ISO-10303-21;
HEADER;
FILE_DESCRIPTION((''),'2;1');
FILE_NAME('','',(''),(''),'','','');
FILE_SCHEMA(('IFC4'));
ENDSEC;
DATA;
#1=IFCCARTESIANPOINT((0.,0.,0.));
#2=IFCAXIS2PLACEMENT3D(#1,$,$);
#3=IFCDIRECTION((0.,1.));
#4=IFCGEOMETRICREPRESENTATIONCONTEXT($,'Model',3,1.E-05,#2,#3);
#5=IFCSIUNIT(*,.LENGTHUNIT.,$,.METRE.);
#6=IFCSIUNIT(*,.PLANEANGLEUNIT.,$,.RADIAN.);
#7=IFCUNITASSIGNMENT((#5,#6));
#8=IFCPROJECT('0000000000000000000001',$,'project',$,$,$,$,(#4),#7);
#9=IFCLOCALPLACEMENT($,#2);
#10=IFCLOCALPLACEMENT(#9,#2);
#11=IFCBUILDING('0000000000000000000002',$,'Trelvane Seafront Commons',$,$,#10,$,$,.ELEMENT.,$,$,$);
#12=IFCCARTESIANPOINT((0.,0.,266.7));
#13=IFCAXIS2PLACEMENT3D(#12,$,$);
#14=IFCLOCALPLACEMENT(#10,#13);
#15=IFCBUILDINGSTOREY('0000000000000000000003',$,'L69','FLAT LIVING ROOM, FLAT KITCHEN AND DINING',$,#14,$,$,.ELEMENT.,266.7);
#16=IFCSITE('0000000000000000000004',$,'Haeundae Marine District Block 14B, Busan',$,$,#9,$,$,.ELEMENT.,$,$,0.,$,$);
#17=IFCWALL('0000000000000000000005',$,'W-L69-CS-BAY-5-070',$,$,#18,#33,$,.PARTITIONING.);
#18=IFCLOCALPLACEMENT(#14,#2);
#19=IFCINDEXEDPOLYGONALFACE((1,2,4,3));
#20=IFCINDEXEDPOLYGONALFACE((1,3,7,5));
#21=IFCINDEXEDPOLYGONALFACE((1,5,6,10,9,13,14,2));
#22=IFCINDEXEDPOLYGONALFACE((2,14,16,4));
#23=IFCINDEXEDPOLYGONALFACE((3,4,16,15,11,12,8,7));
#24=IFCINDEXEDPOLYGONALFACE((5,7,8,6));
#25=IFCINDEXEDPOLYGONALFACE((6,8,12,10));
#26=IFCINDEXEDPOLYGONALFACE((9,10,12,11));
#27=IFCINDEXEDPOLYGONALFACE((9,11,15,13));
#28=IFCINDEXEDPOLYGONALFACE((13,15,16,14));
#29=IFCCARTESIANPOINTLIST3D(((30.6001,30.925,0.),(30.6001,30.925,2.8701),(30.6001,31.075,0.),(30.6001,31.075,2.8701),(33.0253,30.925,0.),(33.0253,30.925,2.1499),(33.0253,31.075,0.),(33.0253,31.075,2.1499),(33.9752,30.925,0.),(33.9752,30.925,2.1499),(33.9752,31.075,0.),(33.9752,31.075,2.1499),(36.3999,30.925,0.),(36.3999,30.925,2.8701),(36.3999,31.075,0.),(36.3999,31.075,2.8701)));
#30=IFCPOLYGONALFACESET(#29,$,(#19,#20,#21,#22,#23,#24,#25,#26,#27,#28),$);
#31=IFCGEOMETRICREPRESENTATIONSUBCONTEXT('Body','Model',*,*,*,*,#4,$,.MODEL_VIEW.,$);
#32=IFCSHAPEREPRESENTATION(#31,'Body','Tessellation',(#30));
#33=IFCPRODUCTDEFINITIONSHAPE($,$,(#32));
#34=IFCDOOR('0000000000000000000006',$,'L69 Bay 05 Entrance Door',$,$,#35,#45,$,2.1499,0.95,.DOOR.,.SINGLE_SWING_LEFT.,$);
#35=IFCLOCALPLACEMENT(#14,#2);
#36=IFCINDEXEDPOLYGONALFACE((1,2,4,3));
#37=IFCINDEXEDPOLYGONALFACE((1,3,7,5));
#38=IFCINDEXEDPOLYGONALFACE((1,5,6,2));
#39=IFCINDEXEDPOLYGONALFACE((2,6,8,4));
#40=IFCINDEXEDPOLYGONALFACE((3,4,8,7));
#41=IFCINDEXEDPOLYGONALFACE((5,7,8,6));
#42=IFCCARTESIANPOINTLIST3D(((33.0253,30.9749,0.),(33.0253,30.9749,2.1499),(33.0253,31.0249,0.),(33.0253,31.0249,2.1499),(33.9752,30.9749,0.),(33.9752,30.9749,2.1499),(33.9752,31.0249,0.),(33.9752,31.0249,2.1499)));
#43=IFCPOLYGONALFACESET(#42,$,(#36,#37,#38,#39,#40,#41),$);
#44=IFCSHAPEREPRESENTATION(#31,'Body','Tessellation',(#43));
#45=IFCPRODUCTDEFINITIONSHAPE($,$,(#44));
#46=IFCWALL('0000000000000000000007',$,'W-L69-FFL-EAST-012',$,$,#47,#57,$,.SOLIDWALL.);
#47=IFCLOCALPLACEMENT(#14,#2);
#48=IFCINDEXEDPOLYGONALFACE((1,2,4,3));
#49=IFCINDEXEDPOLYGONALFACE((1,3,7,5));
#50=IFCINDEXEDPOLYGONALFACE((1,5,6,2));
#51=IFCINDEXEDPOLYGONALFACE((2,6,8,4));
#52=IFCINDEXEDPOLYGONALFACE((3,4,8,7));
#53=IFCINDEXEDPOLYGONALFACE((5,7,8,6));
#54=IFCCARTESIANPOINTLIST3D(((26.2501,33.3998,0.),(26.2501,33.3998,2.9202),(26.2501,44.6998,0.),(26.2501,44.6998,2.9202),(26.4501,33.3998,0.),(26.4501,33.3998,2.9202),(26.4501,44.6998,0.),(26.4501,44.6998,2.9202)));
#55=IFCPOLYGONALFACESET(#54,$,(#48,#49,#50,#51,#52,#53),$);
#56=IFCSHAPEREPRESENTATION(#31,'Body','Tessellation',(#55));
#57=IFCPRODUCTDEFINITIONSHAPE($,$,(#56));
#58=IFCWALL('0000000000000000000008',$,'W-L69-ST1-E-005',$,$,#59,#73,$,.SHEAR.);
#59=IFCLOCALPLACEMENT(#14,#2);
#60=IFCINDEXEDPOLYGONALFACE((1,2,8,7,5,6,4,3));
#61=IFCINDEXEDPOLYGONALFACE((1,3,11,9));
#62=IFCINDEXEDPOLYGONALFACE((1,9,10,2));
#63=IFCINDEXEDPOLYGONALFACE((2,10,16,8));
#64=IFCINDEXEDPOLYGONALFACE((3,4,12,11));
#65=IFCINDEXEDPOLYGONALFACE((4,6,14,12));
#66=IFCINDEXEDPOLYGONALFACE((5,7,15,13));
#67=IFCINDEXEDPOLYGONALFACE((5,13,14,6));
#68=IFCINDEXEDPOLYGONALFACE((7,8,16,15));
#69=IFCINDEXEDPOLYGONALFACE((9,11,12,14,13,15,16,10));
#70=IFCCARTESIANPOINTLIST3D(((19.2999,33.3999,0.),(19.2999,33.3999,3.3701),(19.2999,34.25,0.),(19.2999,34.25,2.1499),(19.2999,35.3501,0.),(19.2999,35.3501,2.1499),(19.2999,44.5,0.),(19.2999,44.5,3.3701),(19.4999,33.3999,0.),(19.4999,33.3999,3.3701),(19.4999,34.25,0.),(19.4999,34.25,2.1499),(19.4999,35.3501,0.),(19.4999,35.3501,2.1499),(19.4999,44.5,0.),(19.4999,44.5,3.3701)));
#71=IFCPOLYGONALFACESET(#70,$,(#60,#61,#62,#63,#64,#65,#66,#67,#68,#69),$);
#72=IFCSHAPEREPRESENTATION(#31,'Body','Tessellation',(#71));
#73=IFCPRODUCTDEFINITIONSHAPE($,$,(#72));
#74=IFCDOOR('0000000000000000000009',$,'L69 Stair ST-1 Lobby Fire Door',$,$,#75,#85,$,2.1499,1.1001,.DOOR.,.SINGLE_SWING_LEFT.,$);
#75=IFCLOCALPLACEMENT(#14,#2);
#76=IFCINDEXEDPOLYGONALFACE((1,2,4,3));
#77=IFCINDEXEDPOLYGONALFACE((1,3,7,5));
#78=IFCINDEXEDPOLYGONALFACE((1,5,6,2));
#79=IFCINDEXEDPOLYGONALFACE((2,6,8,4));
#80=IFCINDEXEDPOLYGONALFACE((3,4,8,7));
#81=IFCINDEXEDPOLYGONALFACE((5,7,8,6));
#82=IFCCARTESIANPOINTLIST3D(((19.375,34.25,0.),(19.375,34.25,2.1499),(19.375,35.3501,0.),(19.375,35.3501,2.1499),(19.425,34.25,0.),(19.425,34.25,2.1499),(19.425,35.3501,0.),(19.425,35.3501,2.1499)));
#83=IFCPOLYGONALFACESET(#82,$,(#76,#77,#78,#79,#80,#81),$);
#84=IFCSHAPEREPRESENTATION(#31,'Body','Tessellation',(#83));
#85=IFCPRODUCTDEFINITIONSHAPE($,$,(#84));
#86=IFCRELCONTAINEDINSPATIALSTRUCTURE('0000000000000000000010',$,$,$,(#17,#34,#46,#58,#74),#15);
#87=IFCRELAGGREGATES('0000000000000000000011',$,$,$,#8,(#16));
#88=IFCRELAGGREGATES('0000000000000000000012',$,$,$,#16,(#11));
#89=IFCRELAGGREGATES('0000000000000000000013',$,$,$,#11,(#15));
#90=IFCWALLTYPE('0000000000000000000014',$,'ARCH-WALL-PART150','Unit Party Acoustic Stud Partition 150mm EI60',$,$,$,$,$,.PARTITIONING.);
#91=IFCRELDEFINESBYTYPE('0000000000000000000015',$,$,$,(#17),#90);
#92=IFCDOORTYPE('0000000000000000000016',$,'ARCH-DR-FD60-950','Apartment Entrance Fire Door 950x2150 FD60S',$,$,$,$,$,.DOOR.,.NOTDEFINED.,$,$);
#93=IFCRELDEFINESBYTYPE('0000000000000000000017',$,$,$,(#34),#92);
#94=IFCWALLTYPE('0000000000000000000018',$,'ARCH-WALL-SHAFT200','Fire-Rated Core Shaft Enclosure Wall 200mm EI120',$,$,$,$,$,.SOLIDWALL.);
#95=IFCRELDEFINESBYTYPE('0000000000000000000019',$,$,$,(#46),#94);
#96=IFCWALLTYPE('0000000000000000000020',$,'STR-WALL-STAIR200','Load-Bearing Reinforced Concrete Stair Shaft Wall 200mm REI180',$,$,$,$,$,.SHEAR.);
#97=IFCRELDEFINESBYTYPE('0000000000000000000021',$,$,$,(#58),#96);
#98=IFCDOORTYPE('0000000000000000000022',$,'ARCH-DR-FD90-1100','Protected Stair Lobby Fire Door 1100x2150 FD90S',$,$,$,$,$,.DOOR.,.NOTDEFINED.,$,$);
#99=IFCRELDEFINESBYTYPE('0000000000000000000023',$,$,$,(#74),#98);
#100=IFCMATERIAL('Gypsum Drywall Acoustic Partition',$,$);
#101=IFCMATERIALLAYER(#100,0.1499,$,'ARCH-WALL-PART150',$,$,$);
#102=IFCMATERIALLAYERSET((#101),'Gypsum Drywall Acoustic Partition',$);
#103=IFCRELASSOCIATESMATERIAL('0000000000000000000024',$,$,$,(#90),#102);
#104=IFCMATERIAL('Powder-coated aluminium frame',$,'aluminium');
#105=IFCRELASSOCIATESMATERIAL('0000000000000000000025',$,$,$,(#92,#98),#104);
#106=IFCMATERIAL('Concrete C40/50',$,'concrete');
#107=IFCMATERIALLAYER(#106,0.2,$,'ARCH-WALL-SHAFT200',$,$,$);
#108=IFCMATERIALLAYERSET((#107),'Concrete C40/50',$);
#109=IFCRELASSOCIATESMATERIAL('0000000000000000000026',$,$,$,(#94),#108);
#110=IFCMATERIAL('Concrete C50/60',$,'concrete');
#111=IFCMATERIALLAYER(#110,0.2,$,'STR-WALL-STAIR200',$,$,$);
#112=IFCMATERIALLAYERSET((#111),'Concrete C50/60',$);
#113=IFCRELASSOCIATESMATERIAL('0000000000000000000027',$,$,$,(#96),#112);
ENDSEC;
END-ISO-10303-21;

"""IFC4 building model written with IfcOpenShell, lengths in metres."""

from ifc_helpers import new_model, si_unit, direction, frame, frame_2d, origin, place, context, subcontext, project, spatial, rectangle, extrude, source, transform, mapped, material, layer, layer_set, type_object, element, fill, save


model = new_model("IFC4")

# Units and contexts
model_context = context("Model", 3, precision=1e-05, world=origin(), true_north=direction((0.0, 1.0)))
body_context = subcontext(model_context, "Body", "Model", "MODEL_VIEW")
ifc_project = project(units=[si_unit("LENGTHUNIT", "METRE"), si_unit("PLANEANGLEUNIT", "RADIAN")], contexts=[model_context])

# Site, building, storey
site_placement = place(None, origin())
site = spatial("IfcSite", under=ifc_project, at=site_placement, Name="Haeundae Marine District Block 14B, Busan", CompositionType="ELEMENT", RefElevation=0.0)
building_placement = place(site_placement, origin())
building = spatial("IfcBuilding", under=site, at=building_placement, Name="Trelvane Seafront Commons", CompositionType="ELEMENT")
storey_placement = place(building_placement, frame((0.0, 0.0, 266.7)))
storey = spatial("IfcBuildingStorey", under=building, at=storey_placement, Name="L69", Description="FLAT LIVING ROOM, FLAT KITCHEN AND DINING", CompositionType="ELEMENT", Elevation=266.7)

# Shared definitions
ifc_material_1 = material(Name="Concrete C50/60", Category="concrete")

# Shared definitions
ifc_material_2 = material(Name="Concrete C40/50", Category="concrete")
ifc_material_3 = material(Name="Powder-coated aluminium frame", Category="aluminium")
shared_shape_1 = source(origin(), body_context, "Body", "SweptSolid", [
    extrude(rectangle(XDim=0.95, YDim=2.1499, at=frame_2d((0.4751, 1.075))), frame((0.0, 0.0249, 0.0), z_axis=(0.0, -1.0, 0.0), x_axis=(1.0, 0.0, 0.0)), (0.0, 0.0, 1.0), 0.05),
])
ifc_material_4 = material(Name="Gypsum Drywall Acoustic Partition")

# Wall, opening, door
ifc_layer_1 = layer(ifc_material_4, 0.1499, Name="ARCH-WALL-PART150")
ifc_layer_set_1 = layer_set([ifc_layer_1], Name="Gypsum Drywall Acoustic Partition")
wall_type_1 = type_object("IfcWallType", Name="ARCH-WALL-PART150", Description="Unit Party Acoustic Stud Partition 150mm EI60", PredefinedType="PARTITIONING", material=ifc_layer_set_1)
door_type_1 = type_object("IfcDoorType", Name="ARCH-DR-FD60-950", Description="Apartment Entrance Fire Door 950x2150 FD60S", OperationType="NOTDEFINED", PredefinedType="DOOR", material=ifc_material_3)
wall_1_placement = place(storey_placement, frame((30.6001, 31.0, 0.0), z_axis=(0.0, 0.0, 1.0), x_axis=(1.0, 0.0, 0.0)))
wall_1 = element("IfcWall", 1, at=wall_1_placement, inside=storey, type_object=wall_type_1, Name="W-L69-CS-BAY-5-070", PredefinedType="PARTITIONING", context=body_context, shape_type="SweptSolid", body=[
    extrude(rectangle(XDim=5.7998, YDim=0.1499, at=frame_2d((2.8999, 0.0))), origin(), (0.0, 0.0, 1.0), 2.8701),
])
opening_1_placement = place(wall_1_placement, frame((2.425, 0.0, 0.0)))
opening_1 = element("IfcOpeningElement", 2, at=opening_1_placement, cuts=wall_1, PredefinedType="OPENING", context=body_context, shape_type="SweptSolid", body=[
    extrude(rectangle(XDim=0.95, YDim=2.1499, at=frame_2d((0.4751, 1.075))), frame((0.0, 0.085, 0.0), z_axis=(0.0, -1.0, 0.0), x_axis=(1.0, 0.0, 0.0)), (0.0, 0.0, 1.0), 0.1699),
])
door_1_placement = place(opening_1_placement, origin())
door_1 = element("IfcDoor", 3, at=door_1_placement, inside=storey, type_object=door_type_1, Name="L69 Bay 05 Entrance Door", OperationType="SINGLE_SWING_LEFT", OverallHeight=2.1499, OverallWidth=0.95, PredefinedType="DOOR", context=body_context, shape_type="MappedRepresentation", body=[
    mapped(shared_shape_1, transform((0.0, 0.0, 0.0), x_axis=(1.0, 0.0, 0.0), y_axis=(0.0, 1.0, 0.0), z_axis=(0.0, 0.0, 1.0), scale=1.0)),
])
fill(opening_1, door_1)

# Wall
ifc_layer_2 = layer(ifc_material_2, 0.2, Name="ARCH-WALL-SHAFT200")
ifc_layer_set_2 = layer_set([ifc_layer_2], Name="Concrete C40/50")
wall_type_2 = type_object("IfcWallType", Name="ARCH-WALL-SHAFT200", Description="Fire-Rated Core Shaft Enclosure Wall 200mm EI120", PredefinedType="SOLIDWALL", material=ifc_layer_set_2)
wall_2_placement = place(storey_placement, frame((26.3501, 33.3999, 0.0), z_axis=(0.0, 0.0, 1.0), x_axis=(0.0, 1.0, 0.0)))
element("IfcWall", 4, at=wall_2_placement, inside=storey, type_object=wall_type_2, Name="W-L69-FFL-EAST-012", PredefinedType="SOLIDWALL", context=body_context, shape_type="SweptSolid", body=[
    extrude(rectangle(XDim=11.3, YDim=0.2, at=frame_2d((5.6499, 0.0))), origin(), (0.0, 0.0, 1.0), 2.9202),
])

# Wall, opening, door
ifc_layer_3 = layer(ifc_material_1, 0.2, Name="STR-WALL-STAIR200")
ifc_layer_set_3 = layer_set([ifc_layer_3], Name="Concrete C50/60")
wall_type_3 = type_object("IfcWallType", Name="STR-WALL-STAIR200", Description="Load-Bearing Reinforced Concrete Stair Shaft Wall 200mm REI180", PredefinedType="SHEAR", material=ifc_layer_set_3)
wall_3_placement = place(storey_placement, frame((19.3999, 33.3999, 0.0), z_axis=(0.0, 0.0, 1.0), x_axis=(0.0, 1.0, 0.0)))
wall_3 = element("IfcWall", 5, at=wall_3_placement, inside=storey, type_object=wall_type_3, Name="W-L69-ST1-E-005", PredefinedType="SHEAR", context=body_context, shape_type="SweptSolid", body=[
    extrude(rectangle(XDim=11.1001, YDim=0.2, at=frame_2d((5.55, 0.0))), origin(), (0.0, 0.0, 1.0), 3.3701),
])
opening_2_placement = place(wall_3_placement, frame((0.8501, 0.0, 0.0)))
opening_2 = element("IfcOpeningElement", 6, at=opening_2_placement, cuts=wall_3, PredefinedType="OPENING", context=body_context, shape_type="SweptSolid", body=[
    extrude(rectangle(XDim=1.1001, YDim=2.1499, at=frame_2d((0.55, 1.075))), frame((0.0, 0.1099, 0.0), z_axis=(0.0, -1.0, 0.0), x_axis=(1.0, 0.0, 0.0)), (0.0, 0.0, 1.0), 0.22),
])
door_type_2 = type_object("IfcDoorType", Name="ARCH-DR-FD90-1100", Description="Protected Stair Lobby Fire Door 1100x2150 FD90S", OperationType="NOTDEFINED", PredefinedType="DOOR", material=ifc_material_3)
shared_shape_2 = source(origin(), body_context, "Body", "SweptSolid", [
    extrude(rectangle(XDim=1.1001, YDim=2.1499, at=frame_2d((0.55, 1.075))), frame((0.0, 0.0249, 0.0), z_axis=(0.0, -1.0, 0.0), x_axis=(1.0, 0.0, 0.0)), (0.0, 0.0, 1.0), 0.05),
])
door_2_placement = place(opening_2_placement, origin())
door_2 = element("IfcDoor", 7, at=door_2_placement, inside=storey, type_object=door_type_2, Name="L69 Stair ST-1 Lobby Fire Door", OperationType="SINGLE_SWING_LEFT", OverallHeight=2.1499, OverallWidth=1.1001, PredefinedType="DOOR", context=body_context, shape_type="MappedRepresentation", body=[
    mapped(shared_shape_2, transform((0.0, 0.0, 0.0), x_axis=(1.0, 0.0, 0.0), y_axis=(0.0, 1.0, 0.0), z_axis=(0.0, 0.0, 1.0), scale=1.0)),
])
fill(opening_2, door_2)

save(model, "model.ifc")
